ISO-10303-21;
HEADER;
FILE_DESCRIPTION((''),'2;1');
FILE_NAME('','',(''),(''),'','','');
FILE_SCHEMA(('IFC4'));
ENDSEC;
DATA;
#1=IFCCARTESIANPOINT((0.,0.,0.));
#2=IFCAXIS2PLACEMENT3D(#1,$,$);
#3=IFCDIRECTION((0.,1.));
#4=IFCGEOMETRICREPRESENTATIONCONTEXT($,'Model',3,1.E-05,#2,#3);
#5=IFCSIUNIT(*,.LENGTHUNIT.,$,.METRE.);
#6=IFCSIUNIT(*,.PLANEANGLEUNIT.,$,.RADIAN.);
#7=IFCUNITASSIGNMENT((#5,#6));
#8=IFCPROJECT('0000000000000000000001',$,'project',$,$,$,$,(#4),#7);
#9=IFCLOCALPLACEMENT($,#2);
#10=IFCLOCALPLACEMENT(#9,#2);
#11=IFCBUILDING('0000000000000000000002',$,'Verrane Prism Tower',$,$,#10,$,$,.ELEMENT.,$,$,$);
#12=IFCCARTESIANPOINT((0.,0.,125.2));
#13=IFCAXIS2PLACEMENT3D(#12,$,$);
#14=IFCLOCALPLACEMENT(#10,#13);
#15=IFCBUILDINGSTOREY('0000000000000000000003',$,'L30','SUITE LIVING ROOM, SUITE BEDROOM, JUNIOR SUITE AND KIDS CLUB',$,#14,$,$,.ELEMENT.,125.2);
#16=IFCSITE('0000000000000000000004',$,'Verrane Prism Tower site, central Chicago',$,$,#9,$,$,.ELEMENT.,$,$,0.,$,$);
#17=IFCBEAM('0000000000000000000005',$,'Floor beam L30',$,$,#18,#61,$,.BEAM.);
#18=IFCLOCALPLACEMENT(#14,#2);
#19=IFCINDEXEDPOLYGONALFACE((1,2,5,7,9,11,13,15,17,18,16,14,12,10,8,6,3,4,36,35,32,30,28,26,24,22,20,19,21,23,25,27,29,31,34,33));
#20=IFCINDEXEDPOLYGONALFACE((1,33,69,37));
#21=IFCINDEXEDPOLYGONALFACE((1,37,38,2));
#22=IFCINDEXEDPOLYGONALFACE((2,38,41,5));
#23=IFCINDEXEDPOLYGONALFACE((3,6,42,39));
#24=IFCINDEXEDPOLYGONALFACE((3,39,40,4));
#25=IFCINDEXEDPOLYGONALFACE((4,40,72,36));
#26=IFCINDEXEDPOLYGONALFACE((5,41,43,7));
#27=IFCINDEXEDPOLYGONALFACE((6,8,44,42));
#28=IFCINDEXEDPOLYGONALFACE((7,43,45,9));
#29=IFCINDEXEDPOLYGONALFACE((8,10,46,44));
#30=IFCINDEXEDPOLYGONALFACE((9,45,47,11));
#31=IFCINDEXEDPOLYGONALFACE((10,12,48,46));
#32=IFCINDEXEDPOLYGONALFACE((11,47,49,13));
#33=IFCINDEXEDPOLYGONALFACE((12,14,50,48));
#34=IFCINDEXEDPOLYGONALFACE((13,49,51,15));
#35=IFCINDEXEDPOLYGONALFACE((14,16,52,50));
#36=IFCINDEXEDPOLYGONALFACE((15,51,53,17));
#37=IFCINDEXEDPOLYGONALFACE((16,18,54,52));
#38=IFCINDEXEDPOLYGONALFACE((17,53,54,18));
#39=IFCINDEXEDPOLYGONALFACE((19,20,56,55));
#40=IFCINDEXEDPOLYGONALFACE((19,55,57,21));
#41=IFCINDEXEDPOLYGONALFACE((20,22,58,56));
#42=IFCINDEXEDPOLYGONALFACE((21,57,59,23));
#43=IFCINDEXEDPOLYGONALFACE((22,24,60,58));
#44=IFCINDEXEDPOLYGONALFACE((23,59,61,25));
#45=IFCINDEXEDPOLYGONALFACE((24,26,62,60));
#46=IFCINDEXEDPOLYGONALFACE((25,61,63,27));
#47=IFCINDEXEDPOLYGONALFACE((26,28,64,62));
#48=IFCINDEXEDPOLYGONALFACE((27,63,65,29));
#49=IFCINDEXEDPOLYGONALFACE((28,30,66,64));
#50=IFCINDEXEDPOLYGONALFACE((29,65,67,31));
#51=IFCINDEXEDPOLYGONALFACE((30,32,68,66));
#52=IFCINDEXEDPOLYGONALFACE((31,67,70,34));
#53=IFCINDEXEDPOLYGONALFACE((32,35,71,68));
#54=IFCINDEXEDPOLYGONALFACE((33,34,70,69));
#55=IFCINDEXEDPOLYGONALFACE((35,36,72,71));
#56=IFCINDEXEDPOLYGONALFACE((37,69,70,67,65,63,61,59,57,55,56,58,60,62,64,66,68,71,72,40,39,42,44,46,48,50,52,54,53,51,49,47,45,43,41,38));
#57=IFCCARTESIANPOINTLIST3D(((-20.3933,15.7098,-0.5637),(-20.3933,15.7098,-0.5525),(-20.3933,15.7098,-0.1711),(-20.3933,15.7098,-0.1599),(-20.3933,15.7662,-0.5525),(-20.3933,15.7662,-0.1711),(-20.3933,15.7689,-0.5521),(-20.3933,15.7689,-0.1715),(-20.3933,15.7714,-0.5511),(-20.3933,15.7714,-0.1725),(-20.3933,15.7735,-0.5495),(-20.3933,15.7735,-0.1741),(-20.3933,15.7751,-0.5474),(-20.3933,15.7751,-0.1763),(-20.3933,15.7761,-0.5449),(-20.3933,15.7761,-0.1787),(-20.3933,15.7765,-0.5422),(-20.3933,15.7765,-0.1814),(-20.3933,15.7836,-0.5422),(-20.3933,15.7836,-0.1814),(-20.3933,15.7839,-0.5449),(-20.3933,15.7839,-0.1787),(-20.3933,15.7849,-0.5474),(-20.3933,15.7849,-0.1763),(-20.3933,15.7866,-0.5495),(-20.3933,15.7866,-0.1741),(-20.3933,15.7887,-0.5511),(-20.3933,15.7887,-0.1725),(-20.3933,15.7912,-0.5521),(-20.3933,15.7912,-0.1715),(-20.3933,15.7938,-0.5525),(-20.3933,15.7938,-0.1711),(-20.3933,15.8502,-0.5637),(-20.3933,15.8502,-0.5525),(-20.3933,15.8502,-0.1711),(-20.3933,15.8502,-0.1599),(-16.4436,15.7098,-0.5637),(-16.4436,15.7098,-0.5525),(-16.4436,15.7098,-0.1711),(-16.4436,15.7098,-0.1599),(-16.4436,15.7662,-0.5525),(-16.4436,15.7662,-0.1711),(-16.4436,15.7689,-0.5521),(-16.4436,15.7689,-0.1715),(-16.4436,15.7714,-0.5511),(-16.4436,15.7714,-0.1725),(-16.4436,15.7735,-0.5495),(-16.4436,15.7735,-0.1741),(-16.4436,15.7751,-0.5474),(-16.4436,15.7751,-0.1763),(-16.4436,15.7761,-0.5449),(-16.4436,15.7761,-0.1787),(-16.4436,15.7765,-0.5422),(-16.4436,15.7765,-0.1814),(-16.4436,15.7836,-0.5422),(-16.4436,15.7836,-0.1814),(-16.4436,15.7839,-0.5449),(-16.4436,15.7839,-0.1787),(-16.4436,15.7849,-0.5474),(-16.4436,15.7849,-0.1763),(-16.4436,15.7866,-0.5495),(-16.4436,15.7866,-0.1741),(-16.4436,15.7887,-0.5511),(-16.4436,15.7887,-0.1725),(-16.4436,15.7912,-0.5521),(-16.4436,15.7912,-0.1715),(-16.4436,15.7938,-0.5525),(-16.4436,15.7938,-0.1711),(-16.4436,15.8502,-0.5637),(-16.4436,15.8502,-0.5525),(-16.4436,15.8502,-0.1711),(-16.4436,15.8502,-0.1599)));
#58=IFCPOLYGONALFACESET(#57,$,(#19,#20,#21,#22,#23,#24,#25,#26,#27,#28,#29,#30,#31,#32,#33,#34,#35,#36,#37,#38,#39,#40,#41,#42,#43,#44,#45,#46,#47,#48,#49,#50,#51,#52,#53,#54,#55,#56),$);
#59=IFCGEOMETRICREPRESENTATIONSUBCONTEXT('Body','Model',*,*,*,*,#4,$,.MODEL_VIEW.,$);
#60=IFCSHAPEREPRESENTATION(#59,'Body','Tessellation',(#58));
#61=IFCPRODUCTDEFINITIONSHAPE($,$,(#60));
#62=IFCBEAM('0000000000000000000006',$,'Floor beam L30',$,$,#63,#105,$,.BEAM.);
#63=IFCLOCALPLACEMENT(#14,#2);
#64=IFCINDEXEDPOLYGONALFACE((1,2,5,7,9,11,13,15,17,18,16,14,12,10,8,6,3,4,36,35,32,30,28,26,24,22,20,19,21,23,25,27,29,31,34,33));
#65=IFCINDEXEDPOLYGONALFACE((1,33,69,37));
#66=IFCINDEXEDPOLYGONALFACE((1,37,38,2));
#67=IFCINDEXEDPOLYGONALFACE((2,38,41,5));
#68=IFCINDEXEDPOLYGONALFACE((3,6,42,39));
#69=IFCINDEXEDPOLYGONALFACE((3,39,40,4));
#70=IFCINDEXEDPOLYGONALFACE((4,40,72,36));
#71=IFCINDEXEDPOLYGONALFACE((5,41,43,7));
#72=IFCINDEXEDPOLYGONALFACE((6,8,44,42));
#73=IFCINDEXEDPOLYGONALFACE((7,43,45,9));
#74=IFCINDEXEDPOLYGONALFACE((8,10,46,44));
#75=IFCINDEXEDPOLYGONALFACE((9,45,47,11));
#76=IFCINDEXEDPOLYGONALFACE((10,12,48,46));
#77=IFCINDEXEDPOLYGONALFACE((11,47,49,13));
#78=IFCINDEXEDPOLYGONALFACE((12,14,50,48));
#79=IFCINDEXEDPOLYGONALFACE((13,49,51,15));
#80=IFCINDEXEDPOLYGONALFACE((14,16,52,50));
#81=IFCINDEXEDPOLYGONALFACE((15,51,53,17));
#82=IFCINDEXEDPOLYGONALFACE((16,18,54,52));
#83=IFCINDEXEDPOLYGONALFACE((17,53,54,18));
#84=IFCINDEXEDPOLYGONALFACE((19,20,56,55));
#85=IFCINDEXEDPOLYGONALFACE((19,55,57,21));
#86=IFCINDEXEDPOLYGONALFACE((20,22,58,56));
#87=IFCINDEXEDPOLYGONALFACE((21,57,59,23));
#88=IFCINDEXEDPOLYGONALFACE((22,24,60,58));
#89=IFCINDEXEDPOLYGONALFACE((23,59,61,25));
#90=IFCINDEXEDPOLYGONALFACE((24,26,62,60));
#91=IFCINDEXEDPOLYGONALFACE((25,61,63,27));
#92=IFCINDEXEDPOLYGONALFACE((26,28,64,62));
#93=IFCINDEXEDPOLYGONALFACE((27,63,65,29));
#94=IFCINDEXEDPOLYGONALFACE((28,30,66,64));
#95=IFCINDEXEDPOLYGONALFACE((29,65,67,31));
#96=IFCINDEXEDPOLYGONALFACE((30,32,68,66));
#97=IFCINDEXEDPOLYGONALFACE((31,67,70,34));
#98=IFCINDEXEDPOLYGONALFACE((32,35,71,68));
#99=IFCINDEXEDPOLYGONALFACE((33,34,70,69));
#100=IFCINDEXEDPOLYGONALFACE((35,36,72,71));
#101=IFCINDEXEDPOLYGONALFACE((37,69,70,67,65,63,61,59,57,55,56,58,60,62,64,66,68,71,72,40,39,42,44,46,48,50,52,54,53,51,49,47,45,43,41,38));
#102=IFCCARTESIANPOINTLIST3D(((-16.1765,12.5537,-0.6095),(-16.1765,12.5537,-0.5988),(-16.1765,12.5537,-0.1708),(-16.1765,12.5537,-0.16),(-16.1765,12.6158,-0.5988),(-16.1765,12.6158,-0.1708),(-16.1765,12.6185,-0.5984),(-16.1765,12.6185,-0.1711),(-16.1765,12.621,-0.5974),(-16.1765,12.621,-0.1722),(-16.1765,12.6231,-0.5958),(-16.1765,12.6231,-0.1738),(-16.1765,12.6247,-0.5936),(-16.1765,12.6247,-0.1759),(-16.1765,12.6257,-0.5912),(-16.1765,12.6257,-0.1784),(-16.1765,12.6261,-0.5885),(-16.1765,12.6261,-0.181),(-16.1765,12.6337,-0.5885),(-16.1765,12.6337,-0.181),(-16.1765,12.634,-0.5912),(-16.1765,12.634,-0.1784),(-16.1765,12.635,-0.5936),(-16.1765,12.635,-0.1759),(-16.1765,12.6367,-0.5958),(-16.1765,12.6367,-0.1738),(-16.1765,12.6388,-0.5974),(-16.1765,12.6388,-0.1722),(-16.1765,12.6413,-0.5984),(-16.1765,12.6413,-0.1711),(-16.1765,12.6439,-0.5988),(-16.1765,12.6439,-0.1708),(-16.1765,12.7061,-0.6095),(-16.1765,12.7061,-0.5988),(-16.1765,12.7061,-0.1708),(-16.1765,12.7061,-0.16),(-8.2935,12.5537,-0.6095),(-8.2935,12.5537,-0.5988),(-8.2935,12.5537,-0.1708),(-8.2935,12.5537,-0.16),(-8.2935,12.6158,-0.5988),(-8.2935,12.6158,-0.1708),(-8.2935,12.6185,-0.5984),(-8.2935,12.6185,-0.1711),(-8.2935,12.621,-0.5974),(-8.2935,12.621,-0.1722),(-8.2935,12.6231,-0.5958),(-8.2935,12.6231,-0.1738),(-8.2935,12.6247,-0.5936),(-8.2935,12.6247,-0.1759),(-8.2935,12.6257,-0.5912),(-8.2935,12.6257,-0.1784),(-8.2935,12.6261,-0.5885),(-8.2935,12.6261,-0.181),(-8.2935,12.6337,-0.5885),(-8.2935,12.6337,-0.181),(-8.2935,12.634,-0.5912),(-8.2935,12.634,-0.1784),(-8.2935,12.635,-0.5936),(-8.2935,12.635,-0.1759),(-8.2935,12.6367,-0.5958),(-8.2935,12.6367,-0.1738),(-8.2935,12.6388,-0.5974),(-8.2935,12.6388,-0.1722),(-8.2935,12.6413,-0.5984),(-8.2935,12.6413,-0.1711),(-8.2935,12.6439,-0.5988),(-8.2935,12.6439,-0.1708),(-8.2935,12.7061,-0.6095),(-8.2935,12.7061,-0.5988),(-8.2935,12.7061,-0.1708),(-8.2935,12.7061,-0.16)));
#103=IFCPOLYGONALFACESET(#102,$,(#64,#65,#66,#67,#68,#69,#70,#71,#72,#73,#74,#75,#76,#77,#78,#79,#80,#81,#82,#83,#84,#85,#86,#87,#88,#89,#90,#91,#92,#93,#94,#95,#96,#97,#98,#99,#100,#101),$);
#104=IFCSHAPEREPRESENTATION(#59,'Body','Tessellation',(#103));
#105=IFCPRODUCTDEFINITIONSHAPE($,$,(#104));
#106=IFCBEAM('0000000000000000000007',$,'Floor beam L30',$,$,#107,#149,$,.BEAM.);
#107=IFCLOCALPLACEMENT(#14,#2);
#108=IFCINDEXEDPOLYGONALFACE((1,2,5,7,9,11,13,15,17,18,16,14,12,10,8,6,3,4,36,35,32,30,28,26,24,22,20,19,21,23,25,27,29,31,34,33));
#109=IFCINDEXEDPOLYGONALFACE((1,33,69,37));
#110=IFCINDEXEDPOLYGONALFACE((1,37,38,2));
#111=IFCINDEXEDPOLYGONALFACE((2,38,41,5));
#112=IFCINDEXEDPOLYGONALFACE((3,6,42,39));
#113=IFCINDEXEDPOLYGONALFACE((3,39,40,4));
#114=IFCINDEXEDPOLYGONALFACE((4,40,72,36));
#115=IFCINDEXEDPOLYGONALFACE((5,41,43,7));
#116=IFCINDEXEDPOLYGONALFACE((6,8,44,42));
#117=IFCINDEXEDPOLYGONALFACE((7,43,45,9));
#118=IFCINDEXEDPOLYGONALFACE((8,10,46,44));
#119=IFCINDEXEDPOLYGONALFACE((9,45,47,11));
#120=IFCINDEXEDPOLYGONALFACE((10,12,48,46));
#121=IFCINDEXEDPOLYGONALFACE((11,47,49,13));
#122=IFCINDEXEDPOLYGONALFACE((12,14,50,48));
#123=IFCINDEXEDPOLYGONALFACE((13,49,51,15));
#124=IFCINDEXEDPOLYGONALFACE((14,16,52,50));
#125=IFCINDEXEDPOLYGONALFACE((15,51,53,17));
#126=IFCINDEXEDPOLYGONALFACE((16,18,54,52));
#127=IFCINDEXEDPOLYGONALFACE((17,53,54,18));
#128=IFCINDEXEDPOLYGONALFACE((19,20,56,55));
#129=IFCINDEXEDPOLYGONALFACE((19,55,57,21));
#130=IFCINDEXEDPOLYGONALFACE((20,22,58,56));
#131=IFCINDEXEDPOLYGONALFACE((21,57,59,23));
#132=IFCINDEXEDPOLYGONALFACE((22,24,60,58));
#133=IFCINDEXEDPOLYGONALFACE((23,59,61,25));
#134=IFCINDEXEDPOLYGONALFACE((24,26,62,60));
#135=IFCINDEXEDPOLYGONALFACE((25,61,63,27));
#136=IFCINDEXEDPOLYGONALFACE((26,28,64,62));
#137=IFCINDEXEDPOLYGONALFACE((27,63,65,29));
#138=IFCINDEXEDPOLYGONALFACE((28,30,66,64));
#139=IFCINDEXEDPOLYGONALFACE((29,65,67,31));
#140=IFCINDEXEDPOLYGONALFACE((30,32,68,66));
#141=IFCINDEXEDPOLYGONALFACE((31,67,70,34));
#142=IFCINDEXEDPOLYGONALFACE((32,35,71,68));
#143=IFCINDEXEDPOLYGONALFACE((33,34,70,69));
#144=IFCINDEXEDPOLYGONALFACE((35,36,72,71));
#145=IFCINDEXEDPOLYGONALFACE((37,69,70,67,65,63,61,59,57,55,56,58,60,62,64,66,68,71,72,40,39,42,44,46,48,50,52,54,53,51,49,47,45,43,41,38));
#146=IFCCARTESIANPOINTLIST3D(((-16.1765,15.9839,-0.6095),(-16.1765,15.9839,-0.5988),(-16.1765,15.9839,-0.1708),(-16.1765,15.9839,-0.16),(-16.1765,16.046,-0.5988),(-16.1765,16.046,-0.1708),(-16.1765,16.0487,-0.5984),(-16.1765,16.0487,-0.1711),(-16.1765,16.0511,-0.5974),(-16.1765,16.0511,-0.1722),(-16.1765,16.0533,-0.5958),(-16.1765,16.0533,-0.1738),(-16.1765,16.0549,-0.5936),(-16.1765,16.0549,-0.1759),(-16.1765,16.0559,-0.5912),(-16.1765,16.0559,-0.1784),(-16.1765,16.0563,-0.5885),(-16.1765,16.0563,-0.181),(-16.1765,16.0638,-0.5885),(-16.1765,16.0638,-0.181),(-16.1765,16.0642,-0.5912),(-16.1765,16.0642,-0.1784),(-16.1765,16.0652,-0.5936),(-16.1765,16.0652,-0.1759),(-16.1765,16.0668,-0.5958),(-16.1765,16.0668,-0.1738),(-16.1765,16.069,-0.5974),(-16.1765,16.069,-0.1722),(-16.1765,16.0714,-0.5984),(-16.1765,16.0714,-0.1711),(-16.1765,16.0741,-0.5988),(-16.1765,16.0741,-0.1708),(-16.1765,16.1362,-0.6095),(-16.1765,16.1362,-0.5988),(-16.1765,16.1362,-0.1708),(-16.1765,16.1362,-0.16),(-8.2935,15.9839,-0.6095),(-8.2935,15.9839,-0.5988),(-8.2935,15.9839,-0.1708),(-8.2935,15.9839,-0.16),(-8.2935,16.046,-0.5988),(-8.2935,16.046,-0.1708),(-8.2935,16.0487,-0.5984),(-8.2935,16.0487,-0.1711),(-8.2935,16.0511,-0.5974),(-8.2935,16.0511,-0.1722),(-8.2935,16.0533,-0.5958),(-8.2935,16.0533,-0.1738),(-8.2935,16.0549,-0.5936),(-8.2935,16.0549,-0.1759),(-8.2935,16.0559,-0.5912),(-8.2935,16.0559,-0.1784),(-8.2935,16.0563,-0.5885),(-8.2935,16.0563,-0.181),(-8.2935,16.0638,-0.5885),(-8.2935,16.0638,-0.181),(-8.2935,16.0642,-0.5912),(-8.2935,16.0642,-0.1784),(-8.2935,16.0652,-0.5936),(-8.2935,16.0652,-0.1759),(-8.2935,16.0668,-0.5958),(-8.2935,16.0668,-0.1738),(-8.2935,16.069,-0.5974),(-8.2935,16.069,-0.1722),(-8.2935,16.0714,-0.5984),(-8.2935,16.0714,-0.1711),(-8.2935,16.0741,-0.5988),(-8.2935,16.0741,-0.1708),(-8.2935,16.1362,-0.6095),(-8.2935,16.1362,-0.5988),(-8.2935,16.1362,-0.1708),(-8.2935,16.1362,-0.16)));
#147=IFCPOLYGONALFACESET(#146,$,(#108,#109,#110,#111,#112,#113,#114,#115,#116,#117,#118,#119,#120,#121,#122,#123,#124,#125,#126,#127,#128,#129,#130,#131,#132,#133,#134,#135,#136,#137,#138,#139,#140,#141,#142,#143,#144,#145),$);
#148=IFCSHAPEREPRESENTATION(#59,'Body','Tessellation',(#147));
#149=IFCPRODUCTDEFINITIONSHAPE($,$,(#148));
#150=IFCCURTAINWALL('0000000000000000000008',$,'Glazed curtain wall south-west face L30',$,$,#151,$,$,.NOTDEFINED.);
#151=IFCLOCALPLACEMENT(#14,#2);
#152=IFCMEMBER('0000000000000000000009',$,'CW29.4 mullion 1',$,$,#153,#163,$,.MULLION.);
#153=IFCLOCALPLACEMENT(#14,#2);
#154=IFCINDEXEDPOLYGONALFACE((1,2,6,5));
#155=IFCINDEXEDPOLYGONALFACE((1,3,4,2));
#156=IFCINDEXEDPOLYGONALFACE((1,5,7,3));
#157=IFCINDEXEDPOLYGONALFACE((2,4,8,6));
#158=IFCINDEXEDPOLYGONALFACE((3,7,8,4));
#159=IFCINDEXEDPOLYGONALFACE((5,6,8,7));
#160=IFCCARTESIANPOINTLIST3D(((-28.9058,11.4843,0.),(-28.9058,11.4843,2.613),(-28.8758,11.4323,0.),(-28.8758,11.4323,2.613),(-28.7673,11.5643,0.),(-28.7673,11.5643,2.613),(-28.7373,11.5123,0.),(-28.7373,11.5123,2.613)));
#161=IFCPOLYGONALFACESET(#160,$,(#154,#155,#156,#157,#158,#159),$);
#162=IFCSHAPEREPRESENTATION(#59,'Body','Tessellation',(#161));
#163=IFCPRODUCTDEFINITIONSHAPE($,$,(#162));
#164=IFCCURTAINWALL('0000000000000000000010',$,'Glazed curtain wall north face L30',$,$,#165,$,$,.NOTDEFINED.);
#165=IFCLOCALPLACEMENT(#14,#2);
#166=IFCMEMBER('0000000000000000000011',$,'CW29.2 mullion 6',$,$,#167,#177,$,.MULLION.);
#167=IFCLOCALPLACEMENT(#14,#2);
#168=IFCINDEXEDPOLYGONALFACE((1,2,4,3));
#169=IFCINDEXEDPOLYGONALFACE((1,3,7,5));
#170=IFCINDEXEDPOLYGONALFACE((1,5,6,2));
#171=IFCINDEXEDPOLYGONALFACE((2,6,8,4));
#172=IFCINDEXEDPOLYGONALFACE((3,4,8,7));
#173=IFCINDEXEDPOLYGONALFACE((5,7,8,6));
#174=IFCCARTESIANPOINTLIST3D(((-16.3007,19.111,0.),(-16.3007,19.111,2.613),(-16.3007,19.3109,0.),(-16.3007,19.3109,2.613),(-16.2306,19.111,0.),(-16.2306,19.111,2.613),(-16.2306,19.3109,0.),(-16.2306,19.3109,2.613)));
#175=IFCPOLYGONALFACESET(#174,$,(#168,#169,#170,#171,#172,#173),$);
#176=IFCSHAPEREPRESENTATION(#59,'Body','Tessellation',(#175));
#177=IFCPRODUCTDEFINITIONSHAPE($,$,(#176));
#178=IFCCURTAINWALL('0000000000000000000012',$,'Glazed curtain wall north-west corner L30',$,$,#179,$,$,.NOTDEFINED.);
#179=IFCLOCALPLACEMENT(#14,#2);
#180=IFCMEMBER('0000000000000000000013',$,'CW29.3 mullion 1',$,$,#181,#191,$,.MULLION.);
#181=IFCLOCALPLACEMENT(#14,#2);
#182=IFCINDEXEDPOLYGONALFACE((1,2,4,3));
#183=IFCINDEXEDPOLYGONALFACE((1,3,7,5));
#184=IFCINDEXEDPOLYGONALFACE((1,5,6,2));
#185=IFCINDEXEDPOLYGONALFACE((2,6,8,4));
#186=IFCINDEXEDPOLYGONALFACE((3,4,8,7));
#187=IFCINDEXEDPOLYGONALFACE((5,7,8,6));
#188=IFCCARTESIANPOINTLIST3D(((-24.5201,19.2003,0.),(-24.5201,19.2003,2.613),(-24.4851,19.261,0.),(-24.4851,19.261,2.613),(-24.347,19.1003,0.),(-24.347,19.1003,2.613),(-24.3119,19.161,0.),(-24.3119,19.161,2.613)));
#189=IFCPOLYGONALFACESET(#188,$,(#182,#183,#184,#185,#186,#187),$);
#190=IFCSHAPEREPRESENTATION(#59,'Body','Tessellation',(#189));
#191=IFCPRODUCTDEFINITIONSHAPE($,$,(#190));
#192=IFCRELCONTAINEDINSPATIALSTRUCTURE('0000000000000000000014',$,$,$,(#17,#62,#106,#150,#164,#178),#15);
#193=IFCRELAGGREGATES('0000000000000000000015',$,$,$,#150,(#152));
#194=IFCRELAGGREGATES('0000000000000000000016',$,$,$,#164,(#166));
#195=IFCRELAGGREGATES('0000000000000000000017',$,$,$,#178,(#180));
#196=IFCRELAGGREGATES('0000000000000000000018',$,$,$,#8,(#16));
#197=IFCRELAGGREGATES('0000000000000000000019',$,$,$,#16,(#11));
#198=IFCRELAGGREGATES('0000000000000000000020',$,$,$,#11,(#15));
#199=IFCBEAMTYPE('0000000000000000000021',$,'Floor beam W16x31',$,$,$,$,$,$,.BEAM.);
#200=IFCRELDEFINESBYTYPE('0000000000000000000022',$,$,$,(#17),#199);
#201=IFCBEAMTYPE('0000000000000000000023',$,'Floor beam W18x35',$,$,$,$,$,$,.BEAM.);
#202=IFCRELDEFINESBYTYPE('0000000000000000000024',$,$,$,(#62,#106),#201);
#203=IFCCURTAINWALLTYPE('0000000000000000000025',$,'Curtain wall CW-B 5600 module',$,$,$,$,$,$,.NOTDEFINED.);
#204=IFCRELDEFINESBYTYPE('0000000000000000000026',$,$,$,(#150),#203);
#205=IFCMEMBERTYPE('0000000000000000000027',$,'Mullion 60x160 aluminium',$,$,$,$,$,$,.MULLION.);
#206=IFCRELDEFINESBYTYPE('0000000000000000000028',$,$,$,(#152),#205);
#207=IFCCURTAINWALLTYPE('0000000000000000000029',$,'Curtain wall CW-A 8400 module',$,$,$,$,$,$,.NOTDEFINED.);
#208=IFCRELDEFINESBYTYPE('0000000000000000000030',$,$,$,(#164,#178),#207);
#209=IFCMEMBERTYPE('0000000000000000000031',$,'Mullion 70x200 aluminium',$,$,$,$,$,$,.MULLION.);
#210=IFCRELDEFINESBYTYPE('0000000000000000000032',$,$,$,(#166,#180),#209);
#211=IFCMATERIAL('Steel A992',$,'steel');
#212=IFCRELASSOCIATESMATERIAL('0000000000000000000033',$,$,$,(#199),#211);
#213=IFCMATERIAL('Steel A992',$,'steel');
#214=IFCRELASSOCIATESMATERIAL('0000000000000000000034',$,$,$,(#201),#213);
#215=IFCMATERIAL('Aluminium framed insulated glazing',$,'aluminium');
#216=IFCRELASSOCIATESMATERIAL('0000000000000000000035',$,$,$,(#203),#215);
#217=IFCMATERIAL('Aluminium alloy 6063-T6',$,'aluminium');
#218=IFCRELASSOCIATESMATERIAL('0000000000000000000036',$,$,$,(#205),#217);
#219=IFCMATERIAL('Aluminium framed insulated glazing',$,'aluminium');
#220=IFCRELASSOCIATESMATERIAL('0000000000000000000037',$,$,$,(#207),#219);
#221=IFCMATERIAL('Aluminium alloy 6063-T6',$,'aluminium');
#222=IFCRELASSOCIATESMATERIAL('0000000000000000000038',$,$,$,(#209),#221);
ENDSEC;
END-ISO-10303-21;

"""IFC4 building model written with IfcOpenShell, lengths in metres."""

from ifc_helpers import new_model, si_unit, direction, frame, origin, origin_2d, place, context, subcontext, project, spatial, rectangle, i_section, extrude, material, material_profile, profile_set, type_object, element, aggregate, save


model = new_model("IFC4")

# Units and contexts
model_context = context("Model", 3, precision=1e-05, world=origin(), true_north=direction((0.0, 1.0)))
body_context = subcontext(model_context, "Body", "Model", "MODEL_VIEW")
ifc_project = project(units=[si_unit("LENGTHUNIT", "METRE"), si_unit("PLANEANGLEUNIT", "RADIAN")], contexts=[model_context])

# Site, building, storey
site_placement = place(None, origin())
site = spatial("IfcSite", under=ifc_project, at=site_placement, Name="Verrane Prism Tower site, central Chicago", CompositionType="ELEMENT", RefElevation=0.0)
building_placement = place(site_placement, origin())
building = spatial("IfcBuilding", under=site, at=building_placement, Name="Verrane Prism Tower", CompositionType="ELEMENT")
storey_placement = place(building_placement, frame((0.0, 0.0, 125.2)))
storey = spatial("IfcBuildingStorey", under=building, at=storey_placement, Name="L30", Description="SUITE LIVING ROOM, SUITE BEDROOM, JUNIOR SUITE AND KIDS CLUB", CompositionType="ELEMENT", Elevation=125.2)

# Beams
ifc_material_1 = material(Name="Steel A992", Category="steel")
ifc_material_profile_1 = material_profile(ifc_material_1, i_section(OverallWidth=0.1404, OverallDepth=0.4038, WebThickness=0.0071, FlangeThickness=0.0112, FilletRadius=0.0103, at=origin_2d()), Name="W16x31")
ifc_profile_set_1 = profile_set([ifc_material_profile_1], Name="Steel A992")
beam_type_1 = type_object("IfcBeamType", Name="Floor beam W16x31", PredefinedType="BEAM", material=ifc_profile_set_1)
beam_1_placement = place(storey_placement, frame((-20.3933, 15.78, -0.3618), z_axis=(1.0, 0.0, 0.0), x_axis=(0.0, 1.0, 0.0)))
element("IfcBeam", 1, at=beam_1_placement, inside=storey, type_object=beam_type_1, Name="Floor beam L30", PredefinedType="BEAM", context=body_context, shape_type="SweptSolid", body=[
    extrude(i_section(OverallWidth=0.1404, OverallDepth=0.4038, WebThickness=0.0071, FlangeThickness=0.0112, FilletRadius=0.0103, at=origin_2d()), origin(), (0.0, 0.0, 1.0), 3.9497),
])
ifc_material_2 = material(Name="Steel A992", Category="steel")
ifc_material_profile_2 = material_profile(ifc_material_2, i_section(OverallWidth=0.1523, OverallDepth=0.4495, WebThickness=0.0076, FlangeThickness=0.0107, FilletRadius=0.0103, at=origin_2d()), Name="W18x35")
ifc_profile_set_2 = profile_set([ifc_material_profile_2], Name="Steel A992")
beam_type_2 = type_object("IfcBeamType", Name="Floor beam W18x35", PredefinedType="BEAM", material=ifc_profile_set_2)
for number, where, z_axis, x_axis, name in (
    (2, (-16.1765, 12.6299, -0.3848), (1.0, 0.0, 0.0), (0.0, 1.0, 0.0), "Floor beam L30"),
    (3, (-16.1765, 16.0601, -0.3848), (1.0, 0.0, 0.0), (0.0, 1.0, 0.0), "Floor beam L30"),
):
    element("IfcBeam", number, at=place(storey_placement, frame(where, z_axis=z_axis, x_axis=x_axis)), inside=storey, type_object=beam_type_2, Name=name, PredefinedType="BEAM", context=body_context, shape_type="SweptSolid", body=[
        extrude(i_section(OverallWidth=0.1523, OverallDepth=0.4495, WebThickness=0.0076, FlangeThickness=0.0107, FilletRadius=0.0103, at=origin_2d()), origin(), (0.0, 0.0, 1.0), 7.8831),
    ])

# Curtain walls, members
ifc_material_3 = material(Name="Aluminium framed insulated glazing", Category="aluminium")
curtain_wall_type_1 = type_object("IfcCurtainWallType", Name="Curtain wall CW-B 5600 module", PredefinedType="NOTDEFINED", material=ifc_material_3)
curtain_wall_1_placement = place(storey_placement, origin())
curtain_wall_1 = element("IfcCurtainWall", 4, at=curtain_wall_1_placement, inside=storey, type_object=curtain_wall_type_1, Name="Glazed curtain wall south-west face L30", PredefinedType="NOTDEFINED")
ifc_material_4 = material(Name="Aluminium alloy 6063-T6", Category="aluminium")
ifc_material_profile_3 = material_profile(ifc_material_4, rectangle(XDim=0.1599, YDim=0.0601, at=origin_2d()), Name="Mullion 60x160 aluminium")
ifc_profile_set_3 = profile_set([ifc_material_profile_3], Name="Aluminium alloy 6063-T6")
member_type_1 = type_object("IfcMemberType", Name="Mullion 60x160 aluminium", PredefinedType="MULLION", material=ifc_profile_set_3)
member_1_placement = place(storey_placement, frame((-28.8215, 11.4983, 0.0), z_axis=(0.0, 0.0, 1.0), x_axis=(0.866025, 0.5, 0.0)))
member_1 = element("IfcMember", 5, at=member_1_placement, type_object=member_type_1, Name="CW29.4 mullion 1", PredefinedType="MULLION", context=body_context, shape_type="SweptSolid", body=[
    extrude(rectangle(XDim=0.1599, YDim=0.0601, at=origin_2d()), origin(), (0.0, 0.0, 1.0), 2.613),
])
ifc_material_5 = material(Name="Aluminium framed insulated glazing", Category="aluminium")
curtain_wall_type_2 = type_object("IfcCurtainWallType", Name="Curtain wall CW-A 8400 module", PredefinedType="NOTDEFINED", material=ifc_material_5)
curtain_wall_2_placement = place(storey_placement, origin())
curtain_wall_2 = element("IfcCurtainWall", 6, at=curtain_wall_2_placement, inside=storey, type_object=curtain_wall_type_2, Name="Glazed curtain wall north face L30", PredefinedType="NOTDEFINED")
ifc_material_6 = material(Name="Aluminium alloy 6063-T6", Category="aluminium")
ifc_material_profile_4 = material_profile(ifc_material_6, rectangle(XDim=0.2, YDim=0.0701, at=origin_2d()), Name="Mullion 70x200 aluminium")
ifc_profile_set_4 = profile_set([ifc_material_profile_4], Name="Aluminium alloy 6063-T6")
member_type_2 = type_object("IfcMemberType", Name="Mullion 70x200 aluminium", PredefinedType="MULLION", material=ifc_profile_set_4)
member_2_placement = place(storey_placement, frame((-16.2656, 19.2109, 0.0), z_axis=(0.0, 0.0, 1.0), x_axis=(0.0, -1.0, 0.0)))
member_2 = element("IfcMember", 7, at=member_2_placement, type_object=member_type_2, Name="CW29.2 mullion 6", PredefinedType="MULLION", context=body_context, shape_type="SweptSolid", body=[
    extrude(rectangle(XDim=0.2, YDim=0.0701, at=origin_2d()), origin(), (0.0, 0.0, 1.0), 2.613),
])
curtain_wall_3_placement = place(storey_placement, origin())
curtain_wall_3 = element("IfcCurtainWall", 8, at=curtain_wall_3_placement, inside=storey, type_object=curtain_wall_type_2, Name="Glazed curtain wall north-west corner L30", PredefinedType="NOTDEFINED")
member_3_placement = place(storey_placement, frame((-24.416, 19.1807, 0.0), z_axis=(0.0, 0.0, 1.0), x_axis=(0.866026, -0.499998, 0.0)))
member_3 = element("IfcMember", 9, at=member_3_placement, type_object=member_type_2, Name="CW29.3 mullion 1", PredefinedType="MULLION", context=body_context, shape_type="SweptSolid", body=[
    extrude(rectangle(XDim=0.2, YDim=0.0701, at=origin_2d()), origin(), (0.0, 0.0, 1.0), 2.613),
])

aggregate(curtain_wall_1, [member_1])

aggregate(curtain_wall_2, [member_2])
aggregate(curtain_wall_3, [member_3])

save(model, "model.ifc")
